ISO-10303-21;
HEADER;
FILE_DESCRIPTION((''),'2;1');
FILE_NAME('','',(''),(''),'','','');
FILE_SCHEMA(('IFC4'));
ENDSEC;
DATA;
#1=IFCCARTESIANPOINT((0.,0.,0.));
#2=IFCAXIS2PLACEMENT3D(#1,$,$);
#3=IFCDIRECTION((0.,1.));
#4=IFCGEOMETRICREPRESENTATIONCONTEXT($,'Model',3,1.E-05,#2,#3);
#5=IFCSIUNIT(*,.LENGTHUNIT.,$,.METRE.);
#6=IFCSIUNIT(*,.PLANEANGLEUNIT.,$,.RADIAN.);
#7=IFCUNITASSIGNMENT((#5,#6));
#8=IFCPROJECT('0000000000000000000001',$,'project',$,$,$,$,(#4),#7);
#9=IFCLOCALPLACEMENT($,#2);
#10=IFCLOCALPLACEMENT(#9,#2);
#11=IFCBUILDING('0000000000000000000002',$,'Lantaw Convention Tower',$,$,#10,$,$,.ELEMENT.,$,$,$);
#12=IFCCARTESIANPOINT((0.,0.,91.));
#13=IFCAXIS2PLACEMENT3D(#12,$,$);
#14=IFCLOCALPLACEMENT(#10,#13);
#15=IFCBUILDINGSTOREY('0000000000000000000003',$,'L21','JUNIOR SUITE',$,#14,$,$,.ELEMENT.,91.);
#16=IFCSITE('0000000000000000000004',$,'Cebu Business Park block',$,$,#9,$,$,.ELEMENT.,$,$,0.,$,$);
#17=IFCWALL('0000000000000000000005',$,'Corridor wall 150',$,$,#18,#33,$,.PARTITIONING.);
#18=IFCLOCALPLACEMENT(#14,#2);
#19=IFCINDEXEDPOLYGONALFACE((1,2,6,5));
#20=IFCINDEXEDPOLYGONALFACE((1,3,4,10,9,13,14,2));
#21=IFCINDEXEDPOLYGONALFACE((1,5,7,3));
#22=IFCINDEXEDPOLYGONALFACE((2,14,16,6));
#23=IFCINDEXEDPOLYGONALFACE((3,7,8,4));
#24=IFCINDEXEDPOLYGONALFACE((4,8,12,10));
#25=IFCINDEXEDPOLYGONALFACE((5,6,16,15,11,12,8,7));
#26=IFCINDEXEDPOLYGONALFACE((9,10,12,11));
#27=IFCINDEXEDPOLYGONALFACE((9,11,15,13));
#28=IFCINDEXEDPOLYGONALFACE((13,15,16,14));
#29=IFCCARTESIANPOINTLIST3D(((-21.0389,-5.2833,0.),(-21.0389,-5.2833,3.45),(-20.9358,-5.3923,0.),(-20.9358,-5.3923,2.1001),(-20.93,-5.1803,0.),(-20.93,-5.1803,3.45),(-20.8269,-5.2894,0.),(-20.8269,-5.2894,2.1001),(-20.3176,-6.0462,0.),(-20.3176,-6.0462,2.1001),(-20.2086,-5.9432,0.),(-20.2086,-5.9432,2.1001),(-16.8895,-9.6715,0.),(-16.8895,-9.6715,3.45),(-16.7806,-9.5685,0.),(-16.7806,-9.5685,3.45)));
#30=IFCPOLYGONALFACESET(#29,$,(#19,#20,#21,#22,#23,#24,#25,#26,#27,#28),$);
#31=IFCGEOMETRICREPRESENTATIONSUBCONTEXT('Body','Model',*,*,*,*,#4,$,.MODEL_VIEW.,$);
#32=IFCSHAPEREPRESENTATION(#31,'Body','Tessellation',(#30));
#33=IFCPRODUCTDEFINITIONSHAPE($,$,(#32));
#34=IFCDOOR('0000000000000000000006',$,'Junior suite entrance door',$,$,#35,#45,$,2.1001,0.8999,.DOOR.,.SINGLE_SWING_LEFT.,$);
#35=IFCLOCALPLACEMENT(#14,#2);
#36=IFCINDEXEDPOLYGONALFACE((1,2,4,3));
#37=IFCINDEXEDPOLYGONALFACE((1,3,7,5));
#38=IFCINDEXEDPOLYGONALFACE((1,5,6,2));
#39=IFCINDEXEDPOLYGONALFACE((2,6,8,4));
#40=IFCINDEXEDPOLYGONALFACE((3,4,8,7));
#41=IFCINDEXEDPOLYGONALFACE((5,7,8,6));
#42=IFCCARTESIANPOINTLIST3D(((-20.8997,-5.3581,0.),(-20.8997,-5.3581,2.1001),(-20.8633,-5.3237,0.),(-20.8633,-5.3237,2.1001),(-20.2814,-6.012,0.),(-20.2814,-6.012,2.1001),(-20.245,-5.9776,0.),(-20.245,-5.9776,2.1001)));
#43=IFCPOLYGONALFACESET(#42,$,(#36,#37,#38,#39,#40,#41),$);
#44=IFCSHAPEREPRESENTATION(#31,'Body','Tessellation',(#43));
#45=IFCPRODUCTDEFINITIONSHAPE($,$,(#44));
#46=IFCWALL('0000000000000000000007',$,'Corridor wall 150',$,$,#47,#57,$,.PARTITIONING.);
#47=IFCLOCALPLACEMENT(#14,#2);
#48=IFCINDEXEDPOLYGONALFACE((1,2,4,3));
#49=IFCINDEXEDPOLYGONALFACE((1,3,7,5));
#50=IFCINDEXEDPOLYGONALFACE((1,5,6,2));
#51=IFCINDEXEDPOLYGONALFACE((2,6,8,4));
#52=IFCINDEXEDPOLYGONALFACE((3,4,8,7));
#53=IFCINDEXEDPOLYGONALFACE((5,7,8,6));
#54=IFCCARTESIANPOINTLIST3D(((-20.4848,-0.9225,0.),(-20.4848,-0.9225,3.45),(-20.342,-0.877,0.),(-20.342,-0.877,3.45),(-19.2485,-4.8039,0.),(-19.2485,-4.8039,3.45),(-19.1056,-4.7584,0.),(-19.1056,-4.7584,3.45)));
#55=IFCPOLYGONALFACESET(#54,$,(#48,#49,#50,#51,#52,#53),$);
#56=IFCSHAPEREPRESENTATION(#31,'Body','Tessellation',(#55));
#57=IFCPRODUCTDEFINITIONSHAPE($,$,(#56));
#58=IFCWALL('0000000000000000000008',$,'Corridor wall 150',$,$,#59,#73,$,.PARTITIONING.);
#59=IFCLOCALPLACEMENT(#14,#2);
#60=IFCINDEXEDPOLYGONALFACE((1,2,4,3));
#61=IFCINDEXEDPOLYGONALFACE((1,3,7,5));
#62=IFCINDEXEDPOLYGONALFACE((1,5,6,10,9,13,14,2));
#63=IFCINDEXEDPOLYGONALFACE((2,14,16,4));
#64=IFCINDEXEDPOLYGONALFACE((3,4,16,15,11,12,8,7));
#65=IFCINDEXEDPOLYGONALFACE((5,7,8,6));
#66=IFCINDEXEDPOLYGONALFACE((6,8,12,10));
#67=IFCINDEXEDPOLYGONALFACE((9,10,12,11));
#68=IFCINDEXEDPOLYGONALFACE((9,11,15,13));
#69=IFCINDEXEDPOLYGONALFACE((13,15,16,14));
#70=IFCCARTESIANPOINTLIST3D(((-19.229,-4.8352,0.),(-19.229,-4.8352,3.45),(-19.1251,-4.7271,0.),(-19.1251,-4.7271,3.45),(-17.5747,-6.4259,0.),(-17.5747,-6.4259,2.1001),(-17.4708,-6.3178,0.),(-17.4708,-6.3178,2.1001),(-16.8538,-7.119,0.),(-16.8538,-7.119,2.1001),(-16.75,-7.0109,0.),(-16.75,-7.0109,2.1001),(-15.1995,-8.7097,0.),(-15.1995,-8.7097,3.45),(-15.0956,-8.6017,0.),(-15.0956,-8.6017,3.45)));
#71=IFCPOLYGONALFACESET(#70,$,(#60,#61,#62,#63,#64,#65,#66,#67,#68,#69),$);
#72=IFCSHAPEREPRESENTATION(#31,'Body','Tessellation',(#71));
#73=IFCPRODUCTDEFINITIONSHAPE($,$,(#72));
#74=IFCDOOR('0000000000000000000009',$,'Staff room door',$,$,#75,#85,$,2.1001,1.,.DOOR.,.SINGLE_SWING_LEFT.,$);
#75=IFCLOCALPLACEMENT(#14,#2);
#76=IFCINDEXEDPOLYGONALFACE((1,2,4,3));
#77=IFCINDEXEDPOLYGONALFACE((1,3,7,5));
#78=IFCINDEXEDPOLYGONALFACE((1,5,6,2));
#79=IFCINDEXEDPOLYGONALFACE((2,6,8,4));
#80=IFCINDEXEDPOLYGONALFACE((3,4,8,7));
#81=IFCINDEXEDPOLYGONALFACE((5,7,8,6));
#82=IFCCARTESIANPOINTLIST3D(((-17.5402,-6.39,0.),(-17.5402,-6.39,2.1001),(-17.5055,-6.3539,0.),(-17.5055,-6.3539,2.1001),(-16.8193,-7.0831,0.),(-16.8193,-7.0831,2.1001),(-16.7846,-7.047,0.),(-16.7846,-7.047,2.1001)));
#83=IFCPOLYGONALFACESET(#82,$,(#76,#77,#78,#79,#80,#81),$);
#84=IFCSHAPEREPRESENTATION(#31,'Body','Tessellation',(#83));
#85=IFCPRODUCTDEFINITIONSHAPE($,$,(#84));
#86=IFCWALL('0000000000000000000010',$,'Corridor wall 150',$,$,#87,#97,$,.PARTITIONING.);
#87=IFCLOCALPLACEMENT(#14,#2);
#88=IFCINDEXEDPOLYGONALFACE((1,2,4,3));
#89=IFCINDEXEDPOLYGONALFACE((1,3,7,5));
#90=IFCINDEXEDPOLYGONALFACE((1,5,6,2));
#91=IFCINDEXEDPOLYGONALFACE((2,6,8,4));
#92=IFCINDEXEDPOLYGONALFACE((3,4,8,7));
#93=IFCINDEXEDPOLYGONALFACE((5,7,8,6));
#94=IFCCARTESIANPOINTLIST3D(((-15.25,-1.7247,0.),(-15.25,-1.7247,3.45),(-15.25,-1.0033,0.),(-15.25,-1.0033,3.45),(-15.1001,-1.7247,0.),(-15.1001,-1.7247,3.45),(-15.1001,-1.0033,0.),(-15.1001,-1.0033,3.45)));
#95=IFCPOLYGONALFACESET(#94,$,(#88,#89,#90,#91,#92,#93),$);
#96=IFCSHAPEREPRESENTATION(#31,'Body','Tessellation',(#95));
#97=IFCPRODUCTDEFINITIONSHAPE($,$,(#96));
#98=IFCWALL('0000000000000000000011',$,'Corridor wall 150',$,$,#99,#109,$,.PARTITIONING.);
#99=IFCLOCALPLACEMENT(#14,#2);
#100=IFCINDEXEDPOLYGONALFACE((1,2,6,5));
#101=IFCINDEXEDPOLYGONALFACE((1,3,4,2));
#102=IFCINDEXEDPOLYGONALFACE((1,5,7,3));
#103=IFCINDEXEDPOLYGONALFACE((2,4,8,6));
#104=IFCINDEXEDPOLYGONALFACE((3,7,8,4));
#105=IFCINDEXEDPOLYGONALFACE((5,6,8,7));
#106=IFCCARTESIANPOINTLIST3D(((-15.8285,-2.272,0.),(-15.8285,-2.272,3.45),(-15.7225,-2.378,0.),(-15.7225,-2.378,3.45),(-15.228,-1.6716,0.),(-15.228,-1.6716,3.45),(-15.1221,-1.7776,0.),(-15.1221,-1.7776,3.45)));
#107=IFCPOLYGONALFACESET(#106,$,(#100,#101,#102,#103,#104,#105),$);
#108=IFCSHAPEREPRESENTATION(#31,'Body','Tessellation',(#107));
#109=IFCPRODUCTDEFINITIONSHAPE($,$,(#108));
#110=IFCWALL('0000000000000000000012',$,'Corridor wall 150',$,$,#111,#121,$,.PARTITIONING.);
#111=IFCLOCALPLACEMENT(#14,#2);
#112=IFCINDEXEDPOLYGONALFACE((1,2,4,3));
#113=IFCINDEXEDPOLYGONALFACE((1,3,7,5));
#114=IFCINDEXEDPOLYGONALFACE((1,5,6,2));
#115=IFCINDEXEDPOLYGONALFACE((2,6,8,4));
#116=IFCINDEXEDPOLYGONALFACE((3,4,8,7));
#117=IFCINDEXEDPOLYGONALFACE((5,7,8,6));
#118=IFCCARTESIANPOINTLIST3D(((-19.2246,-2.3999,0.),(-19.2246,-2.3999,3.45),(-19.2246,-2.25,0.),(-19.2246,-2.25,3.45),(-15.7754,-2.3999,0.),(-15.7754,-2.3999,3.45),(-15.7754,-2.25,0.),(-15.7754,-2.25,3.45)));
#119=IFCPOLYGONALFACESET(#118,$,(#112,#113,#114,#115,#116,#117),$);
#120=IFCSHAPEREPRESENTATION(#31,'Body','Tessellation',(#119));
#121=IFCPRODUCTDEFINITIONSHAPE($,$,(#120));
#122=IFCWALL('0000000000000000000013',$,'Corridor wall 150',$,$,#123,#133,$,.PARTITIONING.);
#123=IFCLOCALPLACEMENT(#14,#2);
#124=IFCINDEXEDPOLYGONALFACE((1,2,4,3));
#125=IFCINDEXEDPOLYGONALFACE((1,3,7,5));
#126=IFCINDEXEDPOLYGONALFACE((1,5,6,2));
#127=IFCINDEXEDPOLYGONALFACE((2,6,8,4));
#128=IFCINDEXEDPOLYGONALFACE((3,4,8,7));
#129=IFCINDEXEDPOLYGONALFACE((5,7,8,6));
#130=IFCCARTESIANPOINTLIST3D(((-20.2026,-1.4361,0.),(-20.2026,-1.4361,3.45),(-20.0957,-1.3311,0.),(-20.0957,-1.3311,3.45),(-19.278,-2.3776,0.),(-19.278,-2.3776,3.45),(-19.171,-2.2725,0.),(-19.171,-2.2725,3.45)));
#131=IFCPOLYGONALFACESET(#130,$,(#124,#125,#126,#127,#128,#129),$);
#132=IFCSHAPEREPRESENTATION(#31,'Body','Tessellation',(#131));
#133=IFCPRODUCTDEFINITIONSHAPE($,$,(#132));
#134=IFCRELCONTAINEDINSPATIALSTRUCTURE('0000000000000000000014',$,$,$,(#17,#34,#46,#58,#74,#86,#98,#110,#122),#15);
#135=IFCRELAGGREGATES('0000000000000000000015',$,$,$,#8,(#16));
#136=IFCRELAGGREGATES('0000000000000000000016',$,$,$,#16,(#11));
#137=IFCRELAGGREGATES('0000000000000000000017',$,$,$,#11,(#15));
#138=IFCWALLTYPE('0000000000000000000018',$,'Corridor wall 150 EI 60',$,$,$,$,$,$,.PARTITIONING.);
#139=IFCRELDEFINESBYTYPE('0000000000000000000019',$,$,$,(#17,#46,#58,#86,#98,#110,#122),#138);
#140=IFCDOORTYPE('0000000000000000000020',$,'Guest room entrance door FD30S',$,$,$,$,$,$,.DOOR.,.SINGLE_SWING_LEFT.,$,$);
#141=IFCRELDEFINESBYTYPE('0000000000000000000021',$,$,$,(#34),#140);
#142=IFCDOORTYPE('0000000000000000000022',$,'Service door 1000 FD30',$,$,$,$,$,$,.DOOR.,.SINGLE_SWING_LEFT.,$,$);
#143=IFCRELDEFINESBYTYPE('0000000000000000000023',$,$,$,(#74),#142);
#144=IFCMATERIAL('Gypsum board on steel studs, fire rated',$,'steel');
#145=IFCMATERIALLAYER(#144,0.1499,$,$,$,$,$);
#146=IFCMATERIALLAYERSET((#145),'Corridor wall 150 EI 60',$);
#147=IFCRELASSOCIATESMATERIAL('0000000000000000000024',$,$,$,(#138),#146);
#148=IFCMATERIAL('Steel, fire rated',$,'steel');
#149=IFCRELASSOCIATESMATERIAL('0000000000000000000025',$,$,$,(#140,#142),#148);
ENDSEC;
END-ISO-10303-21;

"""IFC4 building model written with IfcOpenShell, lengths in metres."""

from ifc_helpers import new_model, si_unit, direction, frame, frame_2d, origin, place, context, subcontext, project, spatial, rectangle, extrude, material, layer, layer_set, type_object, element, fill, save


model = new_model("IFC4")

# Units and contexts
model_context = context("Model", 3, precision=1e-05, world=origin(), true_north=direction((0.0, 1.0)))
body_context = subcontext(model_context, "Body", "Model", "MODEL_VIEW")
ifc_project = project(units=[si_unit("LENGTHUNIT", "METRE"), si_unit("PLANEANGLEUNIT", "RADIAN")], contexts=[model_context])

# Site, building, storey
site_placement = place(None, origin())
site = spatial("IfcSite", under=ifc_project, at=site_placement, Name="Cebu Business Park block", CompositionType="ELEMENT", RefElevation=0.0)
building_placement = place(site_placement, origin())
building = spatial("IfcBuilding", under=site, at=building_placement, Name="Lantaw Convention Tower", CompositionType="ELEMENT")
storey_placement = place(building_placement, frame((0.0, 0.0, 91.0)))
storey = spatial("IfcBuildingStorey", under=building, at=storey_placement, Name="L21", Description="JUNIOR SUITE", CompositionType="ELEMENT", Elevation=91.0)

# Shared definitions
ifc_material_1 = material(Name="Gypsum board on steel studs, fire rated", Category="steel")
ifc_layer_1 = layer(ifc_material_1, 0.1499)
ifc_layer_set_1 = layer_set([ifc_layer_1], Name="Corridor wall 150 EI 60")
wall_type_1 = type_object("IfcWallType", Name="Corridor wall 150 EI 60", PredefinedType="PARTITIONING", material=ifc_layer_set_1)

# Wall, opening, door
wall_1_placement = place(storey_placement, frame((-20.9844, -5.2319, 0.0), z_axis=(0.0, 0.0, 1.0), x_axis=(0.687063, -0.726598, 0.0)))
wall_1 = element("IfcWall", 1, at=wall_1_placement, inside=storey, type_object=wall_type_1, Name="Corridor wall 150", PredefinedType="PARTITIONING", context=body_context, shape_type="SweptSolid", body=[
    extrude(rectangle(XDim=6.0393, YDim=0.1499, at=frame_2d((3.0195, 0.0))), origin(), (0.0, 0.0, 1.0), 3.45),
])
opening_1_placement = place(wall_1_placement, frame((0.1499, 0.0, 0.0)))
opening_1 = element("IfcOpeningElement", 2, at=opening_1_placement, cuts=wall_1, PredefinedType="OPENING", context=body_context, shape_type="SweptSolid", body=[
    extrude(rectangle(XDim=0.8999, YDim=2.1001, at=frame_2d((0.45, 1.05))), frame((0.0, 0.085, 0.0), z_axis=(0.0, -1.0, 0.0), x_axis=(1.0, 0.0, 0.0)), (0.0, 0.0, 1.0), 0.1699),
])
ifc_material_2 = material(Name="Steel, fire rated", Category="steel")
door_type_1 = type_object("IfcDoorType", Name="Guest room entrance door FD30S", OperationType="SINGLE_SWING_LEFT", PredefinedType="DOOR", material=ifc_material_2)
door_1_placement = place(opening_1_placement, origin())
door_1 = element("IfcDoor", 3, at=door_1_placement, inside=storey, type_object=door_type_1, Name="Junior suite entrance door", OperationType="SINGLE_SWING_LEFT", OverallHeight=2.1001, OverallWidth=0.8999, PredefinedType="DOOR", context=body_context, shape_type="SweptSolid", body=[
    extrude(rectangle(XDim=0.8999, YDim=2.1001, at=frame_2d((0.45, 1.05))), frame((0.0, 0.0249, 0.0), z_axis=(0.0, -1.0, 0.0), x_axis=(1.0, 0.0, 0.0)), (0.0, 0.0, 1.0), 0.05),
])
fill(opening_1, door_1)

# Wall
wall_2_placement = place(storey_placement, frame((-20.4133, -0.8999, 0.0), z_axis=(0.0, 0.0, 1.0), x_axis=(0.303505, -0.95283, 0.0)))
element("IfcWall", 4, at=wall_2_placement, inside=storey, type_object=wall_type_1, Name="Corridor wall 150", PredefinedType="PARTITIONING", context=body_context, shape_type="SweptSolid", body=[
    extrude(rectangle(XDim=4.0735, YDim=0.1499, at=frame_2d((2.0366, 0.0))), origin(), (0.0, 0.0, 1.0), 3.45),
])

# Wall, opening, door
wall_3_placement = place(storey_placement, frame((-19.177, -4.7812, 0.0), z_axis=(0.0, 0.0, 1.0), x_axis=(0.720837, -0.693104, 0.0)))
wall_3 = element("IfcWall", 5, at=wall_3_placement, inside=storey, type_object=wall_type_1, Name="Corridor wall 150", PredefinedType="PARTITIONING", context=body_context, shape_type="SweptSolid", body=[
    extrude(rectangle(XDim=5.5901, YDim=0.1499, at=frame_2d((2.7949, 0.0))), origin(), (0.0, 0.0, 1.0), 3.45),
])
opening_2_placement = place(wall_3_placement, frame((2.2949, 0.0, 0.0)))
opening_2 = element("IfcOpeningElement", 6, at=opening_2_placement, cuts=wall_3, PredefinedType="OPENING", context=body_context, shape_type="SweptSolid", body=[
    extrude(rectangle(XDim=1.0, YDim=2.1001, at=frame_2d((0.5, 1.05))), frame((0.0, 0.085, 0.0), z_axis=(0.0, -1.0, 0.0), x_axis=(1.0, 0.0, 0.0)), (0.0, 0.0, 1.0), 0.1699),
])
door_type_2 = type_object("IfcDoorType", Name="Service door 1000 FD30", OperationType="SINGLE_SWING_LEFT", PredefinedType="DOOR", material=ifc_material_2)
door_2_placement = place(opening_2_placement, origin())
door_2 = element("IfcDoor", 7, at=door_2_placement, inside=storey, type_object=door_type_2, Name="Staff room door", OperationType="SINGLE_SWING_LEFT", OverallHeight=2.1001, OverallWidth=1.0, PredefinedType="DOOR", context=body_context, shape_type="SweptSolid", body=[
    extrude(rectangle(XDim=1.0, YDim=2.1001, at=frame_2d((0.5, 1.05))), frame((0.0, 0.0249, 0.0), z_axis=(0.0, -1.0, 0.0), x_axis=(1.0, 0.0, 0.0)), (0.0, 0.0, 1.0), 0.05),
])
fill(opening_2, door_2)

# Walls
wall_4_placement = place(storey_placement, frame((-15.175, -1.0032, 0.0), z_axis=(0.0, 0.0, 1.0), x_axis=(0.0, -1.0, 0.0)))
element("IfcWall", 8, at=wall_4_placement, inside=storey, type_object=wall_type_1, Name="Corridor wall 150", PredefinedType="PARTITIONING", context=body_context, shape_type="SweptSolid", body=[
    extrude(rectangle(XDim=0.7214, YDim=0.1499, at=frame_2d((0.3608, 0.0))), origin(), (0.0, 0.0, 1.0), 3.45),
])
wall_5_placement = place(storey_placement, frame((-15.175, -1.7246, 0.0), z_axis=(0.0, 0.0, 1.0), x_axis=(-0.707107, -0.707107, 0.0)))
element("IfcWall", 9, at=wall_5_placement, inside=storey, type_object=wall_type_1, Name="Corridor wall 150", PredefinedType="PARTITIONING", context=body_context, shape_type="SweptSolid", body=[
    extrude(rectangle(XDim=0.8491, YDim=0.1499, at=frame_2d((0.4246, 0.0))), origin(), (0.0, 0.0, 1.0), 3.45),
])
wall_6_placement = place(storey_placement, frame((-15.7754, -2.325, 0.0), z_axis=(0.0, 0.0, 1.0), x_axis=(-1.0, 0.0, 0.0)))
element("IfcWall", 10, at=wall_6_placement, inside=storey, type_object=wall_type_1, Name="Corridor wall 150", PredefinedType="PARTITIONING", context=body_context, shape_type="SweptSolid", body=[
    extrude(rectangle(XDim=3.4492, YDim=0.1499, at=frame_2d((1.7246, 0.0))), origin(), (0.0, 0.0, 1.0), 3.45),
])
wall_7_placement = place(storey_placement, frame((-19.2246, -2.325, 0.0), z_axis=(0.0, 0.0, 1.0), x_axis=(-0.700695, 0.713461, 0.0)))
element("IfcWall", 11, at=wall_7_placement, inside=storey, type_object=wall_type_1, Name="Corridor wall 150", PredefinedType="PARTITIONING", context=body_context, shape_type="SweptSolid", body=[
    extrude(rectangle(XDim=1.3196, YDim=0.1499, at=frame_2d((0.6597, 0.0))), origin(), (0.0, 0.0, 1.0), 3.45),
])

save(model, "model.ifc")
